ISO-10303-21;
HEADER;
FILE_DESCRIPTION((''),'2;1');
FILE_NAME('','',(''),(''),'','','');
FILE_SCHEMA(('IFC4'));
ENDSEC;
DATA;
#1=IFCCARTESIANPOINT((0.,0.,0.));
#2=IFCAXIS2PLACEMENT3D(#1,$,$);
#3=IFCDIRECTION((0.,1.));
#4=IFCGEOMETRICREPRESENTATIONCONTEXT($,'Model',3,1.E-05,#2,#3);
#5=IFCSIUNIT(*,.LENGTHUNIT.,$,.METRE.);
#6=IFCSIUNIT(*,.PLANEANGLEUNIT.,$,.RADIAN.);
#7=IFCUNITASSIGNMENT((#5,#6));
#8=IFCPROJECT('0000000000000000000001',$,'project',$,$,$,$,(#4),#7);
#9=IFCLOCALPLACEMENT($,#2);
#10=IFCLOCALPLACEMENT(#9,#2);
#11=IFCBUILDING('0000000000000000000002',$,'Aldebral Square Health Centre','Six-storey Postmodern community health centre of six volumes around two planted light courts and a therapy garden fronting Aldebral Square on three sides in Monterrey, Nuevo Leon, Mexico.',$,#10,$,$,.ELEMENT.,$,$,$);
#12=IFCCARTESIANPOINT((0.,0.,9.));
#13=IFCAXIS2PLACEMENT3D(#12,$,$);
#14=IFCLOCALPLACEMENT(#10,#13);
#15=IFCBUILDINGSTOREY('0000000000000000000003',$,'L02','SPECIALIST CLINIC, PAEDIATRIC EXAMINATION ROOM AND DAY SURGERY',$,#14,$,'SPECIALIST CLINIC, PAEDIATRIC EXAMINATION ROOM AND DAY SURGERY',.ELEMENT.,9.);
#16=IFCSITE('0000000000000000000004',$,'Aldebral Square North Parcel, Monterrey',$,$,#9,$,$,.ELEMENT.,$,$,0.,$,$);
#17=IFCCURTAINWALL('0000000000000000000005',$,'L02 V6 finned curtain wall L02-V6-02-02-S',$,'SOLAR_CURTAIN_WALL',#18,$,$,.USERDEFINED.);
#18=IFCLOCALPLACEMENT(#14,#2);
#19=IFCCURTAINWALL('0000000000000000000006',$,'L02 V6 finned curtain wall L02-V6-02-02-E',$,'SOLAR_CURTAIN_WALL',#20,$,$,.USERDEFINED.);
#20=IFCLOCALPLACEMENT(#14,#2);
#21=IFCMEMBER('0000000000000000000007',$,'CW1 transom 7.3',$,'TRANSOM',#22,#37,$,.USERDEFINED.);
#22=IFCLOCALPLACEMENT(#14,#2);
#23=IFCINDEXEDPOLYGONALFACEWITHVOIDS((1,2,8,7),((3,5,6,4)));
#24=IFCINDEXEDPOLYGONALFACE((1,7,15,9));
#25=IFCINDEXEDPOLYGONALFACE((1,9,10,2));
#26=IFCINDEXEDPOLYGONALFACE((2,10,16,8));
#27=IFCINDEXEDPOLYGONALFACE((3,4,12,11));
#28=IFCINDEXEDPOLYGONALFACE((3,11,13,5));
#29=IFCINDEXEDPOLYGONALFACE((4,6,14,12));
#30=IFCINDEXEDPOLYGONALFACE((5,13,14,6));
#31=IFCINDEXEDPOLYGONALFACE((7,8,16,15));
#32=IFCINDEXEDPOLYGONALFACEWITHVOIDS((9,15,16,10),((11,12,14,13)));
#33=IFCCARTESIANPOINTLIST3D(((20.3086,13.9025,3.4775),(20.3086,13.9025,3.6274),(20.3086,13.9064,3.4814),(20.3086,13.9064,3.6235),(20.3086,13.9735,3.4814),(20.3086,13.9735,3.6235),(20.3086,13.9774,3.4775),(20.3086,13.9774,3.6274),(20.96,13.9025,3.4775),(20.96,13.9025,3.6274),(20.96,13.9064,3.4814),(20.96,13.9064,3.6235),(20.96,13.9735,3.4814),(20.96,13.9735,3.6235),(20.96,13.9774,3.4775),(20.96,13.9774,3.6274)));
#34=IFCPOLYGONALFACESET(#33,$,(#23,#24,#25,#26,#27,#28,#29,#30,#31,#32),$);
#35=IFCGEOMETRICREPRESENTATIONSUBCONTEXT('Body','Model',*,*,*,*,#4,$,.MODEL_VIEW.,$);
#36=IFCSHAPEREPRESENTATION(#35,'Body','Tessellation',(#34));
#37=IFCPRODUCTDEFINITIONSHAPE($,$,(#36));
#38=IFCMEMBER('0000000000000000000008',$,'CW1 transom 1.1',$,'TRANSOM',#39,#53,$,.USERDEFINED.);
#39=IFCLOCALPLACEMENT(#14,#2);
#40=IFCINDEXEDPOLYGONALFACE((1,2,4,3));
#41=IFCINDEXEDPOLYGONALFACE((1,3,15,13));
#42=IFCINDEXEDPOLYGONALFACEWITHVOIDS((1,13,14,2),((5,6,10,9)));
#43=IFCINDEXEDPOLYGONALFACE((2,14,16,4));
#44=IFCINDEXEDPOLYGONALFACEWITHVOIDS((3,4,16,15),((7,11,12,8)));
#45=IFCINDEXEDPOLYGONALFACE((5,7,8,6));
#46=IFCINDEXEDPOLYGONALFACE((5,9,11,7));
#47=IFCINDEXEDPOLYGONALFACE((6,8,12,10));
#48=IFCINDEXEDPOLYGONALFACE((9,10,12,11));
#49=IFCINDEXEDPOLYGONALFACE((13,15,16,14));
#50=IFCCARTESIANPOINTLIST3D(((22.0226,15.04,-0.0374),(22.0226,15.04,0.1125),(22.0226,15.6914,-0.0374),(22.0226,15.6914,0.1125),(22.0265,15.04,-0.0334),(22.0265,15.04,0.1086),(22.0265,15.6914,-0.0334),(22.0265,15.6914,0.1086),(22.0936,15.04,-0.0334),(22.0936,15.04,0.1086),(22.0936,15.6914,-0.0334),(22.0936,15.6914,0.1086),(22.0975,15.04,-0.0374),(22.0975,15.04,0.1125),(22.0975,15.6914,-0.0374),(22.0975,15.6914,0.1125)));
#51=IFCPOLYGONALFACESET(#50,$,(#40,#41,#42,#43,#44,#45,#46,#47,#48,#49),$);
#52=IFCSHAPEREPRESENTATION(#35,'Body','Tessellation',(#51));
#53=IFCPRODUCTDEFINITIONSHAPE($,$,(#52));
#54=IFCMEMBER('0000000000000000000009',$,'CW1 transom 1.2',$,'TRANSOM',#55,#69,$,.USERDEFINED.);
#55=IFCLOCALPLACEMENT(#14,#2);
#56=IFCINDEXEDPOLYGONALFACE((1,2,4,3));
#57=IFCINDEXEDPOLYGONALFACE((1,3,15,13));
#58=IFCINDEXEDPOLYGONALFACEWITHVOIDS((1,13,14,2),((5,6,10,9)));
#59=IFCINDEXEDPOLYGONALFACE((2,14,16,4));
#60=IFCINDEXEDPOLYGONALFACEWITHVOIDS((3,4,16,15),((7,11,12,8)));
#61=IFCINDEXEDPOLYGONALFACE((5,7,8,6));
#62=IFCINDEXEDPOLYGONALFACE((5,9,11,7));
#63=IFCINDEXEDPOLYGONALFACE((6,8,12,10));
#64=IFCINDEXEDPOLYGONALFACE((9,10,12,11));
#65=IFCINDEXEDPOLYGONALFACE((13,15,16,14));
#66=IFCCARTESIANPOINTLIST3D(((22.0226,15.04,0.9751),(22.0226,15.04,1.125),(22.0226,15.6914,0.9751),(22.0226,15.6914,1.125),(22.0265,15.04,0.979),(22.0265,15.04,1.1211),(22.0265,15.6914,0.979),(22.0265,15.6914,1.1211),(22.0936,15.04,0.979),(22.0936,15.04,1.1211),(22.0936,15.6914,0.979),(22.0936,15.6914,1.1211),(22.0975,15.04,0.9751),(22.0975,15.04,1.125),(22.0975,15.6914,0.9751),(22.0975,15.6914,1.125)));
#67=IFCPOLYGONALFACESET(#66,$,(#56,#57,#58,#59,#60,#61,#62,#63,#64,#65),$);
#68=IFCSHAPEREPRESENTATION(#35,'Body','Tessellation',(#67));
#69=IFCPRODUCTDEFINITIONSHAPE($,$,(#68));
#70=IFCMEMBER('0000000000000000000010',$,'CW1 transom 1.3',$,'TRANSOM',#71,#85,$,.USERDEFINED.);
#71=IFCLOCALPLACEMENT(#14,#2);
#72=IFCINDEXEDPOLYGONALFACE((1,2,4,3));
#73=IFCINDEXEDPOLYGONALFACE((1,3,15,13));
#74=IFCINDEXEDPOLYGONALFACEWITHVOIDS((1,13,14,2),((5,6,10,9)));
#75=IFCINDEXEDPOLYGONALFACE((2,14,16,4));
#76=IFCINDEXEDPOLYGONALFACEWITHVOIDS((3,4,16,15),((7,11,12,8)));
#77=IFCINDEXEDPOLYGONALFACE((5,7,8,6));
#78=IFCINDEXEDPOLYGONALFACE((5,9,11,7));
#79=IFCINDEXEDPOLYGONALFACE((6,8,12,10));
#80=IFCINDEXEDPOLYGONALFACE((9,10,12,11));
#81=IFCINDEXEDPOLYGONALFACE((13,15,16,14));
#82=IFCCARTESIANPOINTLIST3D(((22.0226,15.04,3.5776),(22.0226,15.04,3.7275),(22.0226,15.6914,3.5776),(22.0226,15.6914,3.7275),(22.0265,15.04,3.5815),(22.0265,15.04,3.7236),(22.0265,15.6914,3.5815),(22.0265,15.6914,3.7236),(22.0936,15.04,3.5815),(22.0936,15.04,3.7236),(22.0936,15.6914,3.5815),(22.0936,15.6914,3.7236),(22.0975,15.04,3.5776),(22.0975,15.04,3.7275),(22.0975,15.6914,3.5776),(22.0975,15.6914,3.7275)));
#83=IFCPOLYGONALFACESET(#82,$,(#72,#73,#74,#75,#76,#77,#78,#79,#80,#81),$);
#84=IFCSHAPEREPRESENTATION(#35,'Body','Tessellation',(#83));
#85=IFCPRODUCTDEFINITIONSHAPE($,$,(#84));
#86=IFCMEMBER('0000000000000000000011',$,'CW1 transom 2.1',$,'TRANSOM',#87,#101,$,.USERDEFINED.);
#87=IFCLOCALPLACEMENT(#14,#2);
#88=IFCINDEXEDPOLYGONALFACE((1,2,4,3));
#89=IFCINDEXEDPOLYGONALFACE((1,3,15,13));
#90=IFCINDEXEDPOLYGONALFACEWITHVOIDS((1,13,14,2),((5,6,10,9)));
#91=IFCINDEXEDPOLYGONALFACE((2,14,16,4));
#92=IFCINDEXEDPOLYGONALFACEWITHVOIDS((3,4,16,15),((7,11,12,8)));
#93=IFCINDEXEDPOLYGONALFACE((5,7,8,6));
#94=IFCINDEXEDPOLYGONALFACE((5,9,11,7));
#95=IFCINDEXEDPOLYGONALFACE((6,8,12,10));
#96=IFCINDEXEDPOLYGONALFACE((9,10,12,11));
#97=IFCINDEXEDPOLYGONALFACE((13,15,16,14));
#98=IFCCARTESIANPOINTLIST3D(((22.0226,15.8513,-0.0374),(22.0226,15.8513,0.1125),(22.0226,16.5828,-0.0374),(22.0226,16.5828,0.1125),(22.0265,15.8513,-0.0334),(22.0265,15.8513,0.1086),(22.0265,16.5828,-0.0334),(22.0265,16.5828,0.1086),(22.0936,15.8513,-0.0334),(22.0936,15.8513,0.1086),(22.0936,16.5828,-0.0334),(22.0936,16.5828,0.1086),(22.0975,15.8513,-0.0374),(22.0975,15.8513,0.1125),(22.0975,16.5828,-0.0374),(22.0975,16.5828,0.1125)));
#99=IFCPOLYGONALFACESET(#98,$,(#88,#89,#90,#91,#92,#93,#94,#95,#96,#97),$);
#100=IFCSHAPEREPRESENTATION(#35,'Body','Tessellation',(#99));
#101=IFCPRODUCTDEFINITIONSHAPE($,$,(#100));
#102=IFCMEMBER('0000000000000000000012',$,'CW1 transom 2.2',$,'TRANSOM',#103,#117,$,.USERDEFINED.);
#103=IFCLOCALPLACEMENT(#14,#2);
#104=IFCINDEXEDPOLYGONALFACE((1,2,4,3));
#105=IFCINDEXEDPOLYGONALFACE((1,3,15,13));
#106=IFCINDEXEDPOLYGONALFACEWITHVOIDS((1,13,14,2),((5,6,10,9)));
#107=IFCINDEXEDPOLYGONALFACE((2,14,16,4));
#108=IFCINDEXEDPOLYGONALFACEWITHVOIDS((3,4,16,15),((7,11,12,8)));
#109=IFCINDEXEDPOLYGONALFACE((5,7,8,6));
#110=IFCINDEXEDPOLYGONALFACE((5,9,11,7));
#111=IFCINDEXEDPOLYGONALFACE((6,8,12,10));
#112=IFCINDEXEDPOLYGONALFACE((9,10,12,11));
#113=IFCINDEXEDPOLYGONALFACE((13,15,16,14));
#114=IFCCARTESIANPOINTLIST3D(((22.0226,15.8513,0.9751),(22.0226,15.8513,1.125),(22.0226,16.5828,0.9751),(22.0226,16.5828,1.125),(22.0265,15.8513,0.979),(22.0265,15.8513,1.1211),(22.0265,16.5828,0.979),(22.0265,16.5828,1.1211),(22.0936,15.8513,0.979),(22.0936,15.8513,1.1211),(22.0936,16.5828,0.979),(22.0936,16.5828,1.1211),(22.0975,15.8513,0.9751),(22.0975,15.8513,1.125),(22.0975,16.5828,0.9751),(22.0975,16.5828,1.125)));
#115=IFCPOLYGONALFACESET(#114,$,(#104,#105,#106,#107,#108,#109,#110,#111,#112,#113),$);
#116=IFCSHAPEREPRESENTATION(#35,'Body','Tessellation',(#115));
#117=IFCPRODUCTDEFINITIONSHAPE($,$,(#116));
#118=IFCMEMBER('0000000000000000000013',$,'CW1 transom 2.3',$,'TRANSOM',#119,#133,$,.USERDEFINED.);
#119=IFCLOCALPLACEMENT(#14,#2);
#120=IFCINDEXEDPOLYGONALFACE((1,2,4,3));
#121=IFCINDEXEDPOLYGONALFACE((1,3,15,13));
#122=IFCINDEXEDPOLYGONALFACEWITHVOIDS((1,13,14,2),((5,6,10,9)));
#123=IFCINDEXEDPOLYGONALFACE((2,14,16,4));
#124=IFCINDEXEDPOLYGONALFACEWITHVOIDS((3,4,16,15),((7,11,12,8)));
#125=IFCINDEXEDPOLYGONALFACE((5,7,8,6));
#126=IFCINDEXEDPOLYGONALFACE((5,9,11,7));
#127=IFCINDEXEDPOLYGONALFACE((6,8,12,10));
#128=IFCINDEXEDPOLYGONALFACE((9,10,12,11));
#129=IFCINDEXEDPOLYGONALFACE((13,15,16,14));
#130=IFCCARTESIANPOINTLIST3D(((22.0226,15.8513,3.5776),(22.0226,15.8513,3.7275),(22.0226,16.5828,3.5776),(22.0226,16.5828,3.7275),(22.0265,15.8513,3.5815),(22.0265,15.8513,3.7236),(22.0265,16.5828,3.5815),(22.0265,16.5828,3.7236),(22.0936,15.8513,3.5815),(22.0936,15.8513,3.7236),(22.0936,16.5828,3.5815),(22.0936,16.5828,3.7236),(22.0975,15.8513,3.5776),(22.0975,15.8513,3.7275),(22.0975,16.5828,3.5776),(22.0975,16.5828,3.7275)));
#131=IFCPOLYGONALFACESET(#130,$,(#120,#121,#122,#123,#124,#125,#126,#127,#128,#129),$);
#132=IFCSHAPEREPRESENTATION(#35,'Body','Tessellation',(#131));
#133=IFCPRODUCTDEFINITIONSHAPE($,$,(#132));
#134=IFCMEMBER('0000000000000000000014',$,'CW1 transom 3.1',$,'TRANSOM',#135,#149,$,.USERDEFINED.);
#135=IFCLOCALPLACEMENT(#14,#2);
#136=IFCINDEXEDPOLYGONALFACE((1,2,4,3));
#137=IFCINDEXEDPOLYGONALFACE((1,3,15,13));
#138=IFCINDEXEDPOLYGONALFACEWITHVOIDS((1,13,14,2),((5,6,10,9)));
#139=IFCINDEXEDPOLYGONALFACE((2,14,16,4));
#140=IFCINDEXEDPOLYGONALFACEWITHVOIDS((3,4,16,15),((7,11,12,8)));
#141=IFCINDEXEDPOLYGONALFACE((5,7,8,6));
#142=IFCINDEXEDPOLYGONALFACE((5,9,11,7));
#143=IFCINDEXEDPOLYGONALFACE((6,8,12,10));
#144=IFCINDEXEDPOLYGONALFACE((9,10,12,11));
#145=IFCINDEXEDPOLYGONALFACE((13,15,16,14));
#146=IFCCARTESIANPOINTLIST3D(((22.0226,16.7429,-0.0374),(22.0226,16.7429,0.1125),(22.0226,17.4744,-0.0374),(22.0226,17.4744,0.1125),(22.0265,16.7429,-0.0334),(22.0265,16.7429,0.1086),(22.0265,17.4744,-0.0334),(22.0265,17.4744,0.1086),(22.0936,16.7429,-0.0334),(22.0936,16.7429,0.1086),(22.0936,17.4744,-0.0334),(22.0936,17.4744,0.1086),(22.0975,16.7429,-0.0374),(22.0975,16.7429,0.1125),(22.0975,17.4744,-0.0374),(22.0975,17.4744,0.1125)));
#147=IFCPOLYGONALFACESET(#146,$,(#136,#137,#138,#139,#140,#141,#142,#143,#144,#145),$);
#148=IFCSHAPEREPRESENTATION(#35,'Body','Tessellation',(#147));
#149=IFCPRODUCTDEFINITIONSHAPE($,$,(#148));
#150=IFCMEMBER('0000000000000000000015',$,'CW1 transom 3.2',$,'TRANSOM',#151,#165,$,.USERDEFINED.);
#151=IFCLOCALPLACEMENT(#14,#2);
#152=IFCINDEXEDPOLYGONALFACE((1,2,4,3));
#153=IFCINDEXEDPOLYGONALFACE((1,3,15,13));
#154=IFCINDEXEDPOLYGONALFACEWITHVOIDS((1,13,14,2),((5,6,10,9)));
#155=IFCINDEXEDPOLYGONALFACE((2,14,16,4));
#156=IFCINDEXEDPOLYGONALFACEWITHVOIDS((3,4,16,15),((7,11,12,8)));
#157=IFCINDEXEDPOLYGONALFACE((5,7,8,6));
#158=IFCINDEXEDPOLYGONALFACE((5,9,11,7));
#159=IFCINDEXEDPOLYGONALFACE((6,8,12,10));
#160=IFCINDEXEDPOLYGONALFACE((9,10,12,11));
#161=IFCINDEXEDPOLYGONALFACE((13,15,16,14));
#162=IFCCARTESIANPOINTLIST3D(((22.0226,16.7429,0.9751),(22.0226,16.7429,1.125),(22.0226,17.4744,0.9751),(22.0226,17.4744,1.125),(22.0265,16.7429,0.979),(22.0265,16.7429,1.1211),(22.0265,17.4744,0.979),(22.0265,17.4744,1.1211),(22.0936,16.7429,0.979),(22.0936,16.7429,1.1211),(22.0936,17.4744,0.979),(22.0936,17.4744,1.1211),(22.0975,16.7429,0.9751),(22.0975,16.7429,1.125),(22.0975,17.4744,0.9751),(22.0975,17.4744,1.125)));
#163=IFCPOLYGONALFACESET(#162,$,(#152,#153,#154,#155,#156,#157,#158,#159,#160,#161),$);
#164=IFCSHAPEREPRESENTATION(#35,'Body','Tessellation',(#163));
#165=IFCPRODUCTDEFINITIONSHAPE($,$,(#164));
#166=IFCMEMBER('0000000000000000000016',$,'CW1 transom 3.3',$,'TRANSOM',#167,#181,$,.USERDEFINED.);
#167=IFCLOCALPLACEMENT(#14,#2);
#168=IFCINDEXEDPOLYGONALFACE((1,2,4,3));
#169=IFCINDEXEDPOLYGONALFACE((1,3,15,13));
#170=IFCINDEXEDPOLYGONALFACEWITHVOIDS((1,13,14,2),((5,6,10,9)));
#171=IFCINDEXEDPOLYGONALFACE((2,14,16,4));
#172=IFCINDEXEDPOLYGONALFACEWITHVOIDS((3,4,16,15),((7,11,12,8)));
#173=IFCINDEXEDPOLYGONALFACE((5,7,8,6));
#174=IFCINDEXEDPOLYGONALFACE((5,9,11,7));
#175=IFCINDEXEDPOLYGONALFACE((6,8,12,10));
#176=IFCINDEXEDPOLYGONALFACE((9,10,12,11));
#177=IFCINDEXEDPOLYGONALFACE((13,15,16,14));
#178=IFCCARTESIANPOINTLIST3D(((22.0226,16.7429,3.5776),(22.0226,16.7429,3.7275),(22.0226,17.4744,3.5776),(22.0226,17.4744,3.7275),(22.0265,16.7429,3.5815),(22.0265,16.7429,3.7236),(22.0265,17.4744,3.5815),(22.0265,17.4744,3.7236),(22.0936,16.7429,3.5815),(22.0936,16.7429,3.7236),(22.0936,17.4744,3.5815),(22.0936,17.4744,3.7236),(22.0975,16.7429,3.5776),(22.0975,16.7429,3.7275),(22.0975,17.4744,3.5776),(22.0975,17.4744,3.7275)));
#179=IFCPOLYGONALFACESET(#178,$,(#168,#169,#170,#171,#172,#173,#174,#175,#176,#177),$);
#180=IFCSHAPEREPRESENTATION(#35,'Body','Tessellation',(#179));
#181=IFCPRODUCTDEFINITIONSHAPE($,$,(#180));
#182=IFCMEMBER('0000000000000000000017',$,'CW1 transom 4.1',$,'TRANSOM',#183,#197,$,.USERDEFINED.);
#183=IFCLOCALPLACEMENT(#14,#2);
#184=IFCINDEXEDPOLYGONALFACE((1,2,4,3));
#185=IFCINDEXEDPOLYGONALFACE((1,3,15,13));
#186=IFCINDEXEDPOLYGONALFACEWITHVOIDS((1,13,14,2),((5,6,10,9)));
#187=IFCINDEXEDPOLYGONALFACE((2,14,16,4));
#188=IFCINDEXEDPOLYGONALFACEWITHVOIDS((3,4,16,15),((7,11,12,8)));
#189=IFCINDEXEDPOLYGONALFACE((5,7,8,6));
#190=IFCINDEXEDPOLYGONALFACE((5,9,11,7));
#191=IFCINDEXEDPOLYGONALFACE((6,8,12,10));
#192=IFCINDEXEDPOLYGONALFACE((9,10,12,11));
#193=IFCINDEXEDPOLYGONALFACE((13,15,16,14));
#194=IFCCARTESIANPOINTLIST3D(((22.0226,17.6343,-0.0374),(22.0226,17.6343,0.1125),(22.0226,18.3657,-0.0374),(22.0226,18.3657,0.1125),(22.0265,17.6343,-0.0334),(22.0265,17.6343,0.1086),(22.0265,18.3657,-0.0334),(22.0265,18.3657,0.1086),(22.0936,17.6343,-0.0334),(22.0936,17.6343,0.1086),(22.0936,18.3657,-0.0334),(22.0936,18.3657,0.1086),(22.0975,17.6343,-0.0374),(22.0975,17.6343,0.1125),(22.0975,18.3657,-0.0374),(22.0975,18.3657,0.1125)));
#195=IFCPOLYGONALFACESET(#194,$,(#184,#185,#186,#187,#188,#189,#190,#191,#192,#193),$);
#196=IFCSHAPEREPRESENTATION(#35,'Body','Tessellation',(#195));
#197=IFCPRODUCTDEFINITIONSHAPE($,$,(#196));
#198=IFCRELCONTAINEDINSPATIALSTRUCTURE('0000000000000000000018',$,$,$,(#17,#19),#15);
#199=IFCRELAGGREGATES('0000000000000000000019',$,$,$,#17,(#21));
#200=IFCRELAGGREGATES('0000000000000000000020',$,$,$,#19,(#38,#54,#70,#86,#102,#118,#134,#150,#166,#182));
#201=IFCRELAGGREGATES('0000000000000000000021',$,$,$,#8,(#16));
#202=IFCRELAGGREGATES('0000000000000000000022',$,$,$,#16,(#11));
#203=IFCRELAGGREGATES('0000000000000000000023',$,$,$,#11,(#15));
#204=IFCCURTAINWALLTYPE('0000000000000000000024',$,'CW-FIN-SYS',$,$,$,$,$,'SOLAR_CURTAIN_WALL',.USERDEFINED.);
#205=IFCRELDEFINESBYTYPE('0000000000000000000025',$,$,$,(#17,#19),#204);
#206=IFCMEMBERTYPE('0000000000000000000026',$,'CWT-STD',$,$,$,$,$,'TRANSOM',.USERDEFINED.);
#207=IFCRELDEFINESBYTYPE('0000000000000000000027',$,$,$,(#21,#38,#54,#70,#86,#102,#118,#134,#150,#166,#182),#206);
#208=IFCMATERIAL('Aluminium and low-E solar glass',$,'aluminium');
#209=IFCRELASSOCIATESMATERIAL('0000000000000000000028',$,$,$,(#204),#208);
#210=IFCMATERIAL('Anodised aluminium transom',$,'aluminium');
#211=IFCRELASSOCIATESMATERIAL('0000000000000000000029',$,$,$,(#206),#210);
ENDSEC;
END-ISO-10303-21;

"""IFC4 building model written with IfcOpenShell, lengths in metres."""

from ifc_helpers import new_model, si_unit, direction, frame, origin, origin_2d, place, context, subcontext, project, spatial, hollow_rectangle, extrude, material, material_profile, profile_set, type_object, element, aggregate, save


model = new_model("IFC4")

# Units and contexts
model_context = context("Model", 3, precision=1e-05, world=origin(), true_north=direction((0.0, 1.0)))
body_context = subcontext(model_context, "Body", "Model", "MODEL_VIEW")
ifc_project = project(units=[si_unit("LENGTHUNIT", "METRE"), si_unit("PLANEANGLEUNIT", "RADIAN")], contexts=[model_context])

# Site, building, storey
site_placement = place(None, origin())
site = spatial("IfcSite", under=ifc_project, at=site_placement, Name="Aldebral Square North Parcel, Monterrey", CompositionType="ELEMENT", RefElevation=0.0)
building_placement = place(site_placement, origin())
building = spatial("IfcBuilding", under=site, at=building_placement, Name="Aldebral Square Health Centre", Description="Six-storey Postmodern community health centre of six volumes around two planted light courts and a therapy garden fronting Aldebral Square on three sides in Monterrey, Nuevo Leon, Mexico.", CompositionType="ELEMENT")
storey_placement = place(building_placement, frame((0.0, 0.0, 9.0)))
storey = spatial("IfcBuildingStorey", under=building, at=storey_placement, Name="L02", Description="SPECIALIST CLINIC, PAEDIATRIC EXAMINATION ROOM AND DAY SURGERY", LongName="SPECIALIST CLINIC, PAEDIATRIC EXAMINATION ROOM AND DAY SURGERY", CompositionType="ELEMENT", Elevation=9.0)

# Curtain walls
ifc_material_1 = material(Name="Aluminium and low-E solar glass", Category="aluminium")
curtain_wall_type = type_object("IfcCurtainWallType", Name="CW-FIN-SYS", ElementType="SOLAR_CURTAIN_WALL", PredefinedType="USERDEFINED", material=ifc_material_1)
curtain_wall_1_placement = place(storey_placement, origin())
curtain_wall_1 = element("IfcCurtainWall", 1, at=curtain_wall_1_placement, inside=storey, type_object=curtain_wall_type, Name="L02 V6 finned curtain wall L02-V6-02-02-S", ObjectType="SOLAR_CURTAIN_WALL", PredefinedType="USERDEFINED")
curtain_wall_2_placement = place(storey_placement, origin())
curtain_wall_2 = element("IfcCurtainWall", 2, at=curtain_wall_2_placement, inside=storey, type_object=curtain_wall_type, Name="L02 V6 finned curtain wall L02-V6-02-02-E", ObjectType="SOLAR_CURTAIN_WALL", PredefinedType="USERDEFINED")

# Members
ifc_material_2 = material(Name="Anodised aluminium transom", Category="aluminium")
ifc_material_profile_1 = material_profile(ifc_material_2, hollow_rectangle(XDim=0.075, YDim=0.1499, WallThickness=0.0039, at=origin_2d()), Name="CWT 75x150x4")
ifc_profile_set_1 = profile_set([ifc_material_profile_1], Name="Anodised aluminium transom")
member_type_1 = type_object("IfcMemberType", Name="CWT-STD", ElementType="TRANSOM", PredefinedType="USERDEFINED", material=ifc_profile_set_1)
member_1_placement = place(storey_placement, frame((20.3086, 13.9399, 3.5525), z_axis=(1.0, 0.0, 0.0), x_axis=(0.0, 1.0, 0.0)))
member_1 = element("IfcMember", 3, at=member_1_placement, type_object=member_type_1, Name="CW1 transom 7.3", ObjectType="TRANSOM", PredefinedType="USERDEFINED", context=body_context, shape_type="SweptSolid", body=[
    extrude(hollow_rectangle(XDim=0.075, YDim=0.1499, WallThickness=0.0039, at=origin_2d()), origin(), (0.0, 0.0, 1.0), 0.6514),
])
member_2_placement = place(storey_placement, frame((22.0601, 15.04, 0.0376), z_axis=(0.0, 1.0, 0.0), x_axis=(-1.0, 0.0, 0.0)))
member_2 = element("IfcMember", 4, at=member_2_placement, type_object=member_type_1, Name="CW1 transom 1.1", ObjectType="TRANSOM", PredefinedType="USERDEFINED", context=body_context, shape_type="SweptSolid", body=[
    extrude(hollow_rectangle(XDim=0.075, YDim=0.1499, WallThickness=0.0039, at=origin_2d()), origin(), (0.0, 0.0, 1.0), 0.6514),
])
member_3_placement = place(storey_placement, frame((22.0601, 15.04, 1.05), z_axis=(0.0, 1.0, 0.0), x_axis=(-1.0, 0.0, 0.0)))
member_3 = element("IfcMember", 5, at=member_3_placement, type_object=member_type_1, Name="CW1 transom 1.2", ObjectType="TRANSOM", PredefinedType="USERDEFINED", context=body_context, shape_type="SweptSolid", body=[
    extrude(hollow_rectangle(XDim=0.075, YDim=0.1499, WallThickness=0.0039, at=origin_2d()), origin(), (0.0, 0.0, 1.0), 0.6514),
])
member_4_placement = place(storey_placement, frame((22.0601, 15.04, 3.6526), z_axis=(0.0, 1.0, 0.0), x_axis=(-1.0, 0.0, 0.0)))
member_4 = element("IfcMember", 6, at=member_4_placement, type_object=member_type_1, Name="CW1 transom 1.3", ObjectType="TRANSOM", PredefinedType="USERDEFINED", context=body_context, shape_type="SweptSolid", body=[
    extrude(hollow_rectangle(XDim=0.075, YDim=0.1499, WallThickness=0.0039, at=origin_2d()), origin(), (0.0, 0.0, 1.0), 0.6514),
])
member_5_placement = place(storey_placement, frame((22.0601, 15.8513, 0.0376), z_axis=(0.0, 1.0, 0.0), x_axis=(-1.0, 0.0, 0.0)))
member_5 = element("IfcMember", 7, at=member_5_placement, type_object=member_type_1, Name="CW1 transom 2.1", ObjectType="TRANSOM", PredefinedType="USERDEFINED", context=body_context, shape_type="SweptSolid", body=[
    extrude(hollow_rectangle(XDim=0.075, YDim=0.1499, WallThickness=0.0039, at=origin_2d()), origin(), (0.0, 0.0, 1.0), 0.7314),
])
member_6_placement = place(storey_placement, frame((22.0601, 15.8513, 1.05), z_axis=(0.0, 1.0, 0.0), x_axis=(-1.0, 0.0, 0.0)))
member_6 = element("IfcMember", 8, at=member_6_placement, type_object=member_type_1, Name="CW1 transom 2.2", ObjectType="TRANSOM", PredefinedType="USERDEFINED", context=body_context, shape_type="SweptSolid", body=[
    extrude(hollow_rectangle(XDim=0.075, YDim=0.1499, WallThickness=0.0039, at=origin_2d()), origin(), (0.0, 0.0, 1.0), 0.7314),
])
member_7_placement = place(storey_placement, frame((22.0601, 15.8513, 3.6526), z_axis=(0.0, 1.0, 0.0), x_axis=(-1.0, 0.0, 0.0)))
member_7 = element("IfcMember", 9, at=member_7_placement, type_object=member_type_1, Name="CW1 transom 2.3", ObjectType="TRANSOM", PredefinedType="USERDEFINED", context=body_context, shape_type="SweptSolid", body=[
    extrude(hollow_rectangle(XDim=0.075, YDim=0.1499, WallThickness=0.0039, at=origin_2d()), origin(), (0.0, 0.0, 1.0), 0.7314),
])
member_8_placement = place(storey_placement, frame((22.0601, 16.7429, 0.0376), z_axis=(0.0, 1.0, 0.0), x_axis=(-1.0, 0.0, 0.0)))
member_8 = element("IfcMember", 10, at=member_8_placement, type_object=member_type_1, Name="CW1 transom 3.1", ObjectType="TRANSOM", PredefinedType="USERDEFINED", context=body_context, shape_type="SweptSolid", body=[
    extrude(hollow_rectangle(XDim=0.075, YDim=0.1499, WallThickness=0.0039, at=origin_2d()), origin(), (0.0, 0.0, 1.0), 0.7314),
])
member_9_placement = place(storey_placement, frame((22.0601, 16.7429, 1.05), z_axis=(0.0, 1.0, 0.0), x_axis=(-1.0, 0.0, 0.0)))
member_9 = element("IfcMember", 11, at=member_9_placement, type_object=member_type_1, Name="CW1 transom 3.2", ObjectType="TRANSOM", PredefinedType="USERDEFINED", context=body_context, shape_type="SweptSolid", body=[
    extrude(hollow_rectangle(XDim=0.075, YDim=0.1499, WallThickness=0.0039, at=origin_2d()), origin(), (0.0, 0.0, 1.0), 0.7314),
])
member_10_placement = place(storey_placement, frame((22.0601, 16.7429, 3.6526), z_axis=(0.0, 1.0, 0.0), x_axis=(-1.0, 0.0, 0.0)))
member_10 = element("IfcMember", 12, at=member_10_placement, type_object=member_type_1, Name="CW1 transom 3.3", ObjectType="TRANSOM", PredefinedType="USERDEFINED", context=body_context, shape_type="SweptSolid", body=[
    extrude(hollow_rectangle(XDim=0.075, YDim=0.1499, WallThickness=0.0039, at=origin_2d()), origin(), (0.0, 0.0, 1.0), 0.7314),
])
member_11_placement = place(storey_placement, frame((22.0601, 17.6343, 0.0376), z_axis=(0.0, 1.0, 0.0), x_axis=(-1.0, 0.0, 0.0)))
member_11 = element("IfcMember", 13, at=member_11_placement, type_object=member_type_1, Name="CW1 transom 4.1", ObjectType="TRANSOM", PredefinedType="USERDEFINED", context=body_context, shape_type="SweptSolid", body=[
    extrude(hollow_rectangle(XDim=0.075, YDim=0.1499, WallThickness=0.0039, at=origin_2d()), origin(), (0.0, 0.0, 1.0), 0.7314),
])

aggregate(curtain_wall_1, [member_1])
aggregate(curtain_wall_2, [member_2, member_3, member_4, member_5, member_6, member_7, member_8, member_9, member_10, member_11])

save(model, "model.ifc")
